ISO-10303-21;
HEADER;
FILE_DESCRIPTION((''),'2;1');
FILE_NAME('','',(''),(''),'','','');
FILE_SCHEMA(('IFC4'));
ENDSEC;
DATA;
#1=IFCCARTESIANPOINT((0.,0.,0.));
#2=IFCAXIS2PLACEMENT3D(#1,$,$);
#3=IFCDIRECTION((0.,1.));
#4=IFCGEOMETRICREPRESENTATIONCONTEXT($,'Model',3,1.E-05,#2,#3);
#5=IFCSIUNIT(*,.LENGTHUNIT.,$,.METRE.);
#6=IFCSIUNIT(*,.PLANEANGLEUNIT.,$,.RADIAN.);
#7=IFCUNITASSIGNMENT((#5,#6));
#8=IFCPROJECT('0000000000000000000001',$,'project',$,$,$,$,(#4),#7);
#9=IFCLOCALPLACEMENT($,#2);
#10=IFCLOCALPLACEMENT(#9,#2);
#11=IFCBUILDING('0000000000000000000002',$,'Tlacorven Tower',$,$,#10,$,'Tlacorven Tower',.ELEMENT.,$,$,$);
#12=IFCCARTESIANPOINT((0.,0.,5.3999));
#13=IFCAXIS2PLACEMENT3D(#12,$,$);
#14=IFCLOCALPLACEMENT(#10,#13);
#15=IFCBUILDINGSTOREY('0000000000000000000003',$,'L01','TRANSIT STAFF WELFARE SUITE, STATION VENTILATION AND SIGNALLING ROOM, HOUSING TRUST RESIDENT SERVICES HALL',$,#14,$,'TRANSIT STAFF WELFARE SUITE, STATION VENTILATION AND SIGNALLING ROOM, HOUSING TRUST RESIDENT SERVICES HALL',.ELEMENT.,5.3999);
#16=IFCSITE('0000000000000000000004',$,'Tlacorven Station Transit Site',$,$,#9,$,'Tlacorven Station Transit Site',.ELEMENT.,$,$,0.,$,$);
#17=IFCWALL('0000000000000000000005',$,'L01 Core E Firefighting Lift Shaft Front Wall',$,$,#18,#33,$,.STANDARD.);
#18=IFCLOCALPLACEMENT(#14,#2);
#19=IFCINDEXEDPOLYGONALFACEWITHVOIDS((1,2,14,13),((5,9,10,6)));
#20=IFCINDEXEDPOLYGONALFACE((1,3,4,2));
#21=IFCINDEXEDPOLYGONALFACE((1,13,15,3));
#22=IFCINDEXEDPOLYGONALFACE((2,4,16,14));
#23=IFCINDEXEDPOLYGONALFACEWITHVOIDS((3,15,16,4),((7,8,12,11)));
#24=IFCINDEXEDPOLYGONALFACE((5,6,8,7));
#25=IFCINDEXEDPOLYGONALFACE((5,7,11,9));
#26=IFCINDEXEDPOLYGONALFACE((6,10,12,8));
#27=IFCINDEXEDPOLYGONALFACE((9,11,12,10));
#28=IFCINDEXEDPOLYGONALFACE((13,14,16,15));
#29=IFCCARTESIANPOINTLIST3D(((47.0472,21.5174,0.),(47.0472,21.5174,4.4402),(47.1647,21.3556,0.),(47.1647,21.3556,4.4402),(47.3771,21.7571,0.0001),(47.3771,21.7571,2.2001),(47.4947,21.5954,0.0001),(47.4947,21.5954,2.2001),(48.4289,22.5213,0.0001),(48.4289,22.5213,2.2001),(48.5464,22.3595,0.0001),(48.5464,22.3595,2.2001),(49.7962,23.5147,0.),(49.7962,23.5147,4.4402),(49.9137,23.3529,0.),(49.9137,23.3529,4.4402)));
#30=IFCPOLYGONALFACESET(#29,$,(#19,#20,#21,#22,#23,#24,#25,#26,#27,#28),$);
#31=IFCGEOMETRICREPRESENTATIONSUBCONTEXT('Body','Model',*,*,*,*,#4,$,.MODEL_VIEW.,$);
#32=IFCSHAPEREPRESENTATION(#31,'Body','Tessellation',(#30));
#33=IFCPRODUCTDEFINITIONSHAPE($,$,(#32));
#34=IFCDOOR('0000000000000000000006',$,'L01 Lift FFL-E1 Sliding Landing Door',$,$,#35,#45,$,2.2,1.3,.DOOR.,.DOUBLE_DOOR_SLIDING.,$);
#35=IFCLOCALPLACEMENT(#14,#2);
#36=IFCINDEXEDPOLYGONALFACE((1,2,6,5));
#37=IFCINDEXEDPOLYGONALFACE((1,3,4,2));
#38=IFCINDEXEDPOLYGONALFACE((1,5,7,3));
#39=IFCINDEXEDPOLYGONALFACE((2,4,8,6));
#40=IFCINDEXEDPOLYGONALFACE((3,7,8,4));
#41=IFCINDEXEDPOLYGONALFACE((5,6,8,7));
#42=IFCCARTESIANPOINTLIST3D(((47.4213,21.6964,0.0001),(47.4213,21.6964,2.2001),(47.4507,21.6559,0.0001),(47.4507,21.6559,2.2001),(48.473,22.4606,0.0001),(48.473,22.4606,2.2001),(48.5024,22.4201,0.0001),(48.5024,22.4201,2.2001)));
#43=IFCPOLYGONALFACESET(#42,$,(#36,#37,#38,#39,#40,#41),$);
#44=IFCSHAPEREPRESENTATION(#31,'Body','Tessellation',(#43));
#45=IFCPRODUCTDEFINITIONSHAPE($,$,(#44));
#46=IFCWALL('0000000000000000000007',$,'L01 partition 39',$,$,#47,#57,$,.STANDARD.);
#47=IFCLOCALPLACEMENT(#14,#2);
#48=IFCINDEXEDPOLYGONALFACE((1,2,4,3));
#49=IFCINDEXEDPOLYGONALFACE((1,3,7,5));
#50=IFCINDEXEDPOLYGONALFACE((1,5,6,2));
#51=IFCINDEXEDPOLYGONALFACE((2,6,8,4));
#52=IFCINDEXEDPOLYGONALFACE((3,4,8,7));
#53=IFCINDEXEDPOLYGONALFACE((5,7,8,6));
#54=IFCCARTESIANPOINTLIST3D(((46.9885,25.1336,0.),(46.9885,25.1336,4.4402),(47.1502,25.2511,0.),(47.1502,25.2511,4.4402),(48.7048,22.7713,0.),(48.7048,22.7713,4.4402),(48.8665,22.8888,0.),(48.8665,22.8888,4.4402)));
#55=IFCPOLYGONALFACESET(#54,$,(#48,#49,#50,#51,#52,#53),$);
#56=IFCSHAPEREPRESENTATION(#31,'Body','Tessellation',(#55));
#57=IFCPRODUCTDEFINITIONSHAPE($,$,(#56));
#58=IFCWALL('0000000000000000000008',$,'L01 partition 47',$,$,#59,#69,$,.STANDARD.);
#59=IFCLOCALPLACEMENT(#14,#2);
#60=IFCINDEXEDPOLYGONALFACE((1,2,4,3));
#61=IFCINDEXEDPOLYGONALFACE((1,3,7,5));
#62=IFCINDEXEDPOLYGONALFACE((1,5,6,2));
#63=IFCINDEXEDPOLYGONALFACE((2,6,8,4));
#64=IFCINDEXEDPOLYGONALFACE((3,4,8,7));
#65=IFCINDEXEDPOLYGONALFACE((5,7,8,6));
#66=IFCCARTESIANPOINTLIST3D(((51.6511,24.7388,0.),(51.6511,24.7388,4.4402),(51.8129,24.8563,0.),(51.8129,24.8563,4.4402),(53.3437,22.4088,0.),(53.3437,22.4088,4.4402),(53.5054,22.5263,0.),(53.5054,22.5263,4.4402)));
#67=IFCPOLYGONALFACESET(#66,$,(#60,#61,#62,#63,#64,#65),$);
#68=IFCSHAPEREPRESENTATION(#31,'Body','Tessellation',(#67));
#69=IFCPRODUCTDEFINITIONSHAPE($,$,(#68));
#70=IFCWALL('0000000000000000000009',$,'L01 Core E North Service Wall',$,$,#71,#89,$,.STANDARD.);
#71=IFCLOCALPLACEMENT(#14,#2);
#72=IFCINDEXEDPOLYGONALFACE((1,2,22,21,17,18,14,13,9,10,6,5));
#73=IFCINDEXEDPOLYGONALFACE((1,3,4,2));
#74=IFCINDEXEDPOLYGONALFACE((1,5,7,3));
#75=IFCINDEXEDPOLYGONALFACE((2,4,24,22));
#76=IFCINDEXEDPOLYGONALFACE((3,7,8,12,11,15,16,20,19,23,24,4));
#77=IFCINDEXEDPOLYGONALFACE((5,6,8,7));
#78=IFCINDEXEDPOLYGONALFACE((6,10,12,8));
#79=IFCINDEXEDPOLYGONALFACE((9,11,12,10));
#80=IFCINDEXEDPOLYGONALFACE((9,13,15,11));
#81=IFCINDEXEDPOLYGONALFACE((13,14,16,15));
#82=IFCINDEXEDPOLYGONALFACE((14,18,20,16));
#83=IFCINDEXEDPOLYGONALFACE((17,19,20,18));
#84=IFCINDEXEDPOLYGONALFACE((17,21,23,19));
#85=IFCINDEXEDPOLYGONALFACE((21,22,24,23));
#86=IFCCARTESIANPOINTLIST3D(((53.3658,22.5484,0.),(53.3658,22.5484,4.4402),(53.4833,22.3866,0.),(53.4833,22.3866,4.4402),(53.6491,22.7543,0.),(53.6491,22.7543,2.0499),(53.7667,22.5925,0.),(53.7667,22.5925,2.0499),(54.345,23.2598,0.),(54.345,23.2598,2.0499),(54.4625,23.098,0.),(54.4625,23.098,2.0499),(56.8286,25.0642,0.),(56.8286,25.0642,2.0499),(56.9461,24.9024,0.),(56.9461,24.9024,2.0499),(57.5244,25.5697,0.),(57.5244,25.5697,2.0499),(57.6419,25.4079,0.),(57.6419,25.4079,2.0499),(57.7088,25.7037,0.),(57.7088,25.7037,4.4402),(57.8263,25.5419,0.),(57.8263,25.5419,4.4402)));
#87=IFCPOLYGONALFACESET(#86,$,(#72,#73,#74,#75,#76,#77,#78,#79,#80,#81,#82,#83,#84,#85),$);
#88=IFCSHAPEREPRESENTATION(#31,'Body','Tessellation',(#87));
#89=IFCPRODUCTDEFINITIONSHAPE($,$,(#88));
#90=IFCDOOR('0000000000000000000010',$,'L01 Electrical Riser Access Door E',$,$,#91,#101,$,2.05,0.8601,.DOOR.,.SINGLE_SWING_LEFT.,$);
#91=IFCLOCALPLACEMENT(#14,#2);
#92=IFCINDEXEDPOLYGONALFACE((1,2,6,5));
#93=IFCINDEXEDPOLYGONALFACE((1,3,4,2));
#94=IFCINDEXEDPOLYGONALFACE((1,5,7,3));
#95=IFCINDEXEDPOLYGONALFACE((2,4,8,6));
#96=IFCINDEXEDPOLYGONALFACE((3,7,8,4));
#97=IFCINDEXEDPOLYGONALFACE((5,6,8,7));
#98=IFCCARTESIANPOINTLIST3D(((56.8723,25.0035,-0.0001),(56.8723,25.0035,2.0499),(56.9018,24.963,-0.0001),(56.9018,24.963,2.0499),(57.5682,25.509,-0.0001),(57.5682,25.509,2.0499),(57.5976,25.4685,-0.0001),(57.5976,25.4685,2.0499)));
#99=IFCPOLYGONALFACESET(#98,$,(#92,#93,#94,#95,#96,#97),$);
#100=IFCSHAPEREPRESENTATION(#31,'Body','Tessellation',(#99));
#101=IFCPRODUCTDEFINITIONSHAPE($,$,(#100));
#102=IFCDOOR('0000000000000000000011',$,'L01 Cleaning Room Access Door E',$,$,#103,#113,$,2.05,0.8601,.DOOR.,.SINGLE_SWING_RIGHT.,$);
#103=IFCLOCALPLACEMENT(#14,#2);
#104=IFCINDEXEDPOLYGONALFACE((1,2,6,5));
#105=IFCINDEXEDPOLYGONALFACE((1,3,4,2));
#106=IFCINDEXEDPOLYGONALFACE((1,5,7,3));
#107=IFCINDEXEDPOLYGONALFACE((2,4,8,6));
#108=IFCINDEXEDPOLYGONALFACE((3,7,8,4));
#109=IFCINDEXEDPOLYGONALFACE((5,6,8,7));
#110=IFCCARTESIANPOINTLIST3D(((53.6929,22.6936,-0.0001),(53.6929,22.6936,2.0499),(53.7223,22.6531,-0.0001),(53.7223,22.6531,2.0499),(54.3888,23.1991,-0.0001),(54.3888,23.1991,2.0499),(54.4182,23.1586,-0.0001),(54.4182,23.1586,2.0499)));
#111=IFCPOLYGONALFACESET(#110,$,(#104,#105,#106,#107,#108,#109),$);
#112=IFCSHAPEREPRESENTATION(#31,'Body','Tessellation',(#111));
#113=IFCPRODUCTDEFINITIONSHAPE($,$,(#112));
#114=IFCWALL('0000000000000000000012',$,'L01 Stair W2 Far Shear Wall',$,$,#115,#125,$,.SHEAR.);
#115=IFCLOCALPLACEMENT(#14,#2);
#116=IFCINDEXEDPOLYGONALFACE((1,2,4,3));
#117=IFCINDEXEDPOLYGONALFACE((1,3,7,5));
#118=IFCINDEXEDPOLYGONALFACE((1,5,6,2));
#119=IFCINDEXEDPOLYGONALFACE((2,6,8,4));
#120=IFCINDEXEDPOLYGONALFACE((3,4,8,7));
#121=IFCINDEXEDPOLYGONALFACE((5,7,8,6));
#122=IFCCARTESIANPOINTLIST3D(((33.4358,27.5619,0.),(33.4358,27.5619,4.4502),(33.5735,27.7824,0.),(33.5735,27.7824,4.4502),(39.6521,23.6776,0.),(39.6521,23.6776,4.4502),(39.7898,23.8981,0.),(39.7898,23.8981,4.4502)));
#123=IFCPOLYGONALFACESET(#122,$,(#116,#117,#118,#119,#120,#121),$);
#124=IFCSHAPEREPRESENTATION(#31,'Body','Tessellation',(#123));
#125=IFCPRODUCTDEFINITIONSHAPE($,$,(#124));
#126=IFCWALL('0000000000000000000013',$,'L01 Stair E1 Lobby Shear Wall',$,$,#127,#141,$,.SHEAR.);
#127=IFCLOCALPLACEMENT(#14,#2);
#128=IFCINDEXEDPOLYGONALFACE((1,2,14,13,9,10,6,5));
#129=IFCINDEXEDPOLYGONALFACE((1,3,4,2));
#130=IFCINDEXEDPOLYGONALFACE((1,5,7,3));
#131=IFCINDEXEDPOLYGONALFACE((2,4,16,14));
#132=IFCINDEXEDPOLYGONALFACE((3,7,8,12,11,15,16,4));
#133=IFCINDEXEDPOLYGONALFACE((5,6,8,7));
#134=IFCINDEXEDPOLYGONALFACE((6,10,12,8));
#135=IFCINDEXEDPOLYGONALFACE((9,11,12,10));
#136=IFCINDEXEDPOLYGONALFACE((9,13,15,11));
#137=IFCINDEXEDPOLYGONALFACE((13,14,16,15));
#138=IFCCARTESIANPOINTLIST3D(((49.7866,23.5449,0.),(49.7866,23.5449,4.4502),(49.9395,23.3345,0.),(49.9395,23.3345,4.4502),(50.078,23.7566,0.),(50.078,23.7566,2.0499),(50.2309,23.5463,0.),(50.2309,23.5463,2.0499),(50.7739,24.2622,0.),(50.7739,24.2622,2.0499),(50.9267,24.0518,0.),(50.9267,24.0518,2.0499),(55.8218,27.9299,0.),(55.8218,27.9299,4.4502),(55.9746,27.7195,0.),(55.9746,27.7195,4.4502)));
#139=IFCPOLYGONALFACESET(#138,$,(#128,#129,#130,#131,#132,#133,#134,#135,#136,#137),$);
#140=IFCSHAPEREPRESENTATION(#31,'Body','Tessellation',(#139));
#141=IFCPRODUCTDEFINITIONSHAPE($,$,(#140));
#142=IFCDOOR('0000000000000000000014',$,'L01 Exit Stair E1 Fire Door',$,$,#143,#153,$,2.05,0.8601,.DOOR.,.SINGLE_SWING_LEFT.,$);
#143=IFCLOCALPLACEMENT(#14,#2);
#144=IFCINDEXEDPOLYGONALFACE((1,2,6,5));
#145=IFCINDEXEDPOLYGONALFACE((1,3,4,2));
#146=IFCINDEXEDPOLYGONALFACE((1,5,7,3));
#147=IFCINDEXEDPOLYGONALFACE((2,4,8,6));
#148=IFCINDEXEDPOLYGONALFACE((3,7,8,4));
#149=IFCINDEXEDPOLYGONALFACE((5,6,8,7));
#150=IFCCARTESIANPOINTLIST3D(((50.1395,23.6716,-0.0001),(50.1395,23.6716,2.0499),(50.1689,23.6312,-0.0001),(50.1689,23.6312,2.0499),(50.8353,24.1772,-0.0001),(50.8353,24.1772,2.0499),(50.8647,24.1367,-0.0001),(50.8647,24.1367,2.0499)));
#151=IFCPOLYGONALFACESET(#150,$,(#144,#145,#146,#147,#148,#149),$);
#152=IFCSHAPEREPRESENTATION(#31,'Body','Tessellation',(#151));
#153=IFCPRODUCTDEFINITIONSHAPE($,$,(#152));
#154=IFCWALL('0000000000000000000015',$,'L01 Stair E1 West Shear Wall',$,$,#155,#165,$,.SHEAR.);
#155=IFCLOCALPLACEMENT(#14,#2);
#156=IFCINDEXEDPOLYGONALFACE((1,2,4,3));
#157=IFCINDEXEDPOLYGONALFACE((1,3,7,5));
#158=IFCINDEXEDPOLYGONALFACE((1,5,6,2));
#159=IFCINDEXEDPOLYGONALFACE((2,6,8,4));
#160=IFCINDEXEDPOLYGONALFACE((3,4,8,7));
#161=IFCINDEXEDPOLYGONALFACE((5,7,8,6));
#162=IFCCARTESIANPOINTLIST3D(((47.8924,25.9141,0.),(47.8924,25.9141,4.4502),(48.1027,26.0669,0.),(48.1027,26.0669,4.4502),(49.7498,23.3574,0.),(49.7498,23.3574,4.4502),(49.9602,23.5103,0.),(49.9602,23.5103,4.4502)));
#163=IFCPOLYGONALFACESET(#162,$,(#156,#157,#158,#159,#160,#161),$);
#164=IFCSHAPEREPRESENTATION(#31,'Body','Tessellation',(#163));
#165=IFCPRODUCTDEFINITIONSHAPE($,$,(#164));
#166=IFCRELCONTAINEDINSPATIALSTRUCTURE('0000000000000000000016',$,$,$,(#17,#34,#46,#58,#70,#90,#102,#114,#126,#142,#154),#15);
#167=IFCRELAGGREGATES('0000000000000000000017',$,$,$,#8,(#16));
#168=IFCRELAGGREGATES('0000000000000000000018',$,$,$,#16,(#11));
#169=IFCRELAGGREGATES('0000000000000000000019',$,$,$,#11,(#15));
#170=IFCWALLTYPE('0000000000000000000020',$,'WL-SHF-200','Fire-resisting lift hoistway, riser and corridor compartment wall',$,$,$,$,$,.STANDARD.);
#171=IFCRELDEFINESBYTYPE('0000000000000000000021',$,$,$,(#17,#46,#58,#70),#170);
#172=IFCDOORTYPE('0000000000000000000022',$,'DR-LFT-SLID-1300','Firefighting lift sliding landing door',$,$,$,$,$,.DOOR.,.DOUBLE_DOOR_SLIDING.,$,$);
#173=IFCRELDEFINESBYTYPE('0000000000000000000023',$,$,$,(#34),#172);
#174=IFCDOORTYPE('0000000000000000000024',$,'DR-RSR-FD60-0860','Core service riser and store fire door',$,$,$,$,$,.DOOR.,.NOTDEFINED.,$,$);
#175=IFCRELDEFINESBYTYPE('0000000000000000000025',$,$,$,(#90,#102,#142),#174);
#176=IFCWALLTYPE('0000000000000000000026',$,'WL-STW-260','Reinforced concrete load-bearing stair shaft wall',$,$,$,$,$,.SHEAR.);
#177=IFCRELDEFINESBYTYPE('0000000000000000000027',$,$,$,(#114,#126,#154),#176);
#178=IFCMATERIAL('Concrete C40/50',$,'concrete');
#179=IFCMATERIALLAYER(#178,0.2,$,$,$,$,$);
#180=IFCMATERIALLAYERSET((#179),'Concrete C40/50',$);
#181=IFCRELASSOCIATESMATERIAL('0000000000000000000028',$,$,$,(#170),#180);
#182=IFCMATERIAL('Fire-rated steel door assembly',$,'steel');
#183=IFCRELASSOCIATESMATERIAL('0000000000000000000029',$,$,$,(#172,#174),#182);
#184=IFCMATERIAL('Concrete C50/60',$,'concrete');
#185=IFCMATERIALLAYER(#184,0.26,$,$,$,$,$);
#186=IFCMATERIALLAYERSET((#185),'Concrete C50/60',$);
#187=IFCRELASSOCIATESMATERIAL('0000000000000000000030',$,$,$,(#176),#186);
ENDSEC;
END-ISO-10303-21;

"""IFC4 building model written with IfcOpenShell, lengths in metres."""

from ifc_helpers import new_model, si_unit, direction, frame, frame_2d, origin, place, context, subcontext, project, spatial, rectangle, extrude, source, transform, mapped, material, layer, layer_set, type_object, element, fill, save


model = new_model("IFC4")

# Units and contexts
model_context = context("Model", 3, precision=1e-05, world=origin(), true_north=direction((0.0, 1.0)))
body_context = subcontext(model_context, "Body", "Model", "MODEL_VIEW")
ifc_project = project(units=[si_unit("LENGTHUNIT", "METRE"), si_unit("PLANEANGLEUNIT", "RADIAN")], contexts=[model_context])

# Site, building, storey
site_placement = place(None, origin())
site = spatial("IfcSite", under=ifc_project, at=site_placement, Name="Tlacorven Station Transit Site", LongName="Tlacorven Station Transit Site", CompositionType="ELEMENT", RefElevation=0.0)
building_placement = place(site_placement, origin())
building = spatial("IfcBuilding", under=site, at=building_placement, Name="Tlacorven Tower", LongName="Tlacorven Tower", CompositionType="ELEMENT")
storey_placement = place(building_placement, frame((0.0, 0.0, 5.3999)))
storey = spatial("IfcBuildingStorey", under=building, at=storey_placement, Name="L01", Description="TRANSIT STAFF WELFARE SUITE, STATION VENTILATION AND SIGNALLING ROOM, HOUSING TRUST RESIDENT SERVICES HALL", LongName="TRANSIT STAFF WELFARE SUITE, STATION VENTILATION AND SIGNALLING ROOM, HOUSING TRUST RESIDENT SERVICES HALL", CompositionType="ELEMENT", Elevation=5.3999)

# Wall, opening, door
ifc_material_1 = material(Name="Concrete C40/50", Category="concrete")
ifc_layer_1 = layer(ifc_material_1, 0.2)
ifc_layer_set_1 = layer_set([ifc_layer_1], Name="Concrete C40/50")
wall_type_1 = type_object("IfcWallType", Name="WL-SHF-200", Description="Fire-resisting lift hoistway, riser and corridor compartment wall", PredefinedType="STANDARD", material=ifc_layer_set_1)
wall_1_placement = place(storey_placement, frame((47.106, 21.4365, 0.0), z_axis=(0.0, 0.0, 1.0), x_axis=(0.809013, 0.587791, 0.0)))
wall_1 = element("IfcWall", 1, at=wall_1_placement, inside=storey, type_object=wall_type_1, Name="L01 Core E Firefighting Lift Shaft Front Wall", PredefinedType="STANDARD", context=body_context, shape_type="SweptSolid", body=[
    extrude(rectangle(XDim=3.3979, YDim=0.2, at=frame_2d((1.699, 0.0))), origin(), (0.0, 0.0, 1.0), 4.4402),
])
opening_1_placement = place(wall_1_placement, frame((0.408, 0.0, 0.0)))
opening_1 = element("IfcOpeningElement", 2, at=opening_1_placement, cuts=wall_1, PredefinedType="OPENING", context=body_context, shape_type="SweptSolid", body=[
    extrude(rectangle(XDim=1.3, YDim=2.2, at=frame_2d((0.6499, 1.1001))), frame((0.0, 0.1099, 0.0), z_axis=(0.0, -1.0, 0.0), x_axis=(1.0, 0.0, 0.0)), (0.0, 0.0, 1.0), 0.22),
])
ifc_material_2 = material(Name="Fire-rated steel door assembly", Category="steel")
door_type_1 = type_object("IfcDoorType", Name="DR-LFT-SLID-1300", Description="Firefighting lift sliding landing door", OperationType="DOUBLE_DOOR_SLIDING", PredefinedType="DOOR", material=ifc_material_2)
shared_shape_1 = source(origin(), body_context, "Body", "SweptSolid", [
    extrude(rectangle(XDim=1.3, YDim=2.2, at=frame_2d((0.6499, 1.1001))), frame((0.0, 0.0249, 0.0), z_axis=(0.0, -1.0, 0.0), x_axis=(1.0, 0.0, 0.0)), (0.0, 0.0, 1.0), 0.05),
])
door_1_placement = place(opening_1_placement, origin())
door_1 = element("IfcDoor", 3, at=door_1_placement, inside=storey, type_object=door_type_1, Name="L01 Lift FFL-E1 Sliding Landing Door", OperationType="DOUBLE_DOOR_SLIDING", OverallHeight=2.2, OverallWidth=1.3, PredefinedType="DOOR", context=body_context, shape_type="MappedRepresentation", body=[
    mapped(shared_shape_1, transform((0.0, 0.0, 0.0), scale=1.0)),
])
fill(opening_1, door_1)

# Walls
wall_2_placement = place(storey_placement, frame((48.7856, 22.8301, 0.0), z_axis=(0.0, 0.0, 1.0), x_axis=(-0.587784, 0.809018, 0.0)))
element("IfcWall", 4, at=wall_2_placement, inside=storey, type_object=wall_type_1, Name="L01 partition 39", PredefinedType="STANDARD", context=body_context, shape_type="SweptSolid", body=[
    extrude(rectangle(XDim=2.9199, YDim=0.2, at=frame_2d((1.46, 0.0))), origin(), (0.0, 0.0, 1.0), 4.4402),
])
wall_3_placement = place(storey_placement, frame((53.4246, 22.4675, 0.0), z_axis=(0.0, 0.0, 1.0), x_axis=(-0.587723, 0.809062, 0.0)))
element("IfcWall", 5, at=wall_3_placement, inside=storey, type_object=wall_type_1, Name="L01 partition 47", PredefinedType="STANDARD", context=body_context, shape_type="SweptSolid", body=[
    extrude(rectangle(XDim=2.8799, YDim=0.2, at=frame_2d((1.4399, 0.0))), origin(), (0.0, 0.0, 1.0), 4.4402),
])

# Wall, openings, doors
wall_4_placement = place(storey_placement, frame((53.4246, 22.4675, 0.0), z_axis=(0.0, 0.0, 1.0), x_axis=(0.809027, 0.587771, 0.0)))
wall_4 = element("IfcWall", 6, at=wall_4_placement, inside=storey, type_object=wall_type_1, Name="L01 Core E North Service Wall", PredefinedType="STANDARD", context=body_context, shape_type="SweptSolid", body=[
    extrude(rectangle(XDim=5.3682, YDim=0.2, at=frame_2d((2.6841, 0.0))), origin(), (0.0, 0.0, 1.0), 4.4402),
])
opening_2_placement = place(wall_4_placement, frame((4.28, 0.0, 0.0)))
opening_2 = element("IfcOpeningElement", 7, at=opening_2_placement, cuts=wall_4, PredefinedType="OPENING", context=body_context, shape_type="SweptSolid", body=[
    extrude(rectangle(XDim=0.8601, YDim=2.05, at=frame_2d((0.4302, 1.0249))), frame((0.0, 0.1099, 0.0), z_axis=(0.0, -1.0, 0.0), x_axis=(1.0, 0.0, 0.0)), (0.0, 0.0, 1.0), 0.22),
])
opening_3_placement = place(wall_4_placement, frame((0.3501, 0.0, 0.0)))
opening_3 = element("IfcOpeningElement", 8, at=opening_3_placement, cuts=wall_4, PredefinedType="OPENING", context=body_context, shape_type="SweptSolid", body=[
    extrude(rectangle(XDim=0.8601, YDim=2.05, at=frame_2d((0.4302, 1.0249))), frame((0.0, 0.1099, 0.0), z_axis=(0.0, -1.0, 0.0), x_axis=(1.0, 0.0, 0.0)), (0.0, 0.0, 1.0), 0.22),
])
door_type_2 = type_object("IfcDoorType", Name="DR-RSR-FD60-0860", Description="Core service riser and store fire door", OperationType="NOTDEFINED", PredefinedType="DOOR", material=ifc_material_2)
shared_shape_2 = source(origin(), body_context, "Body", "SweptSolid", [
    extrude(rectangle(XDim=0.8601, YDim=2.05, at=frame_2d((0.4302, 1.0249))), frame((0.0, 0.0249, 0.0), z_axis=(0.0, -1.0, 0.0), x_axis=(1.0, 0.0, 0.0)), (0.0, 0.0, 1.0), 0.05),
])
door_2_placement = place(opening_2_placement, frame((0.8601, 0.0, 0.0), z_axis=(0.0, 0.0, 1.0), x_axis=(-1.0, 0.0, 0.0)))
door_2 = element("IfcDoor", 9, at=door_2_placement, inside=storey, type_object=door_type_2, Name="L01 Electrical Riser Access Door E", OperationType="SINGLE_SWING_LEFT", OverallHeight=2.05, OverallWidth=0.8601, PredefinedType="DOOR", context=body_context, shape_type="MappedRepresentation", body=[
    mapped(shared_shape_2, transform((0.0, 0.0, 0.0), scale=1.0)),
])
fill(opening_2, door_2)
door_3_placement = place(opening_3_placement, frame((0.8601, 0.0, 0.0), z_axis=(0.0, 0.0, 1.0), x_axis=(-1.0, 0.0, 0.0)))
door_3 = element("IfcDoor", 10, at=door_3_placement, inside=storey, type_object=door_type_2, Name="L01 Cleaning Room Access Door E", OperationType="SINGLE_SWING_RIGHT", OverallHeight=2.05, OverallWidth=0.8601, PredefinedType="DOOR", context=body_context, shape_type="MappedRepresentation", body=[
    mapped(shared_shape_2, transform((0.0, 0.0, 0.0), scale=1.0)),
])
fill(opening_3, door_3)

# Wall
ifc_material_3 = material(Name="Concrete C50/60", Category="concrete")
ifc_layer_2 = layer(ifc_material_3, 0.26)
ifc_layer_set_2 = layer_set([ifc_layer_2], Name="Concrete C50/60")
wall_type_2 = type_object("IfcWallType", Name="WL-STW-260", Description="Reinforced concrete load-bearing stair shaft wall", PredefinedType="SHEAR", material=ifc_layer_set_2)
wall_5_placement = place(storey_placement, frame((39.7209, 23.7878, 0.0), z_axis=(0.0, 0.0, 1.0), x_axis=(-0.848054, 0.529909, 0.0)))
element("IfcWall", 11, at=wall_5_placement, inside=storey, type_object=wall_type_2, Name="L01 Stair W2 Far Shear Wall", PredefinedType="SHEAR", context=body_context, shape_type="SweptSolid", body=[
    extrude(rectangle(XDim=7.3301, YDim=0.26, at=frame_2d((3.665, 0.0))), origin(), (0.0, 0.0, 1.0), 4.4502),
])

# Wall, opening, door
wall_6_placement = place(storey_placement, frame((49.863, 23.4397, 0.0), z_axis=(0.0, 0.0, 1.0), x_axis=(0.809003, 0.587804, 0.0)))
wall_6 = element("IfcWall", 12, at=wall_6_placement, inside=storey, type_object=wall_type_2, Name="L01 Stair E1 Lobby Shear Wall", PredefinedType="SHEAR", context=body_context, shape_type="SweptSolid", body=[
    extrude(rectangle(XDim=7.46, YDim=0.26, at=frame_2d((3.73, 0.0))), origin(), (0.0, 0.0, 1.0), 4.4502),
])
opening_4_placement = place(wall_6_placement, frame((0.3601, 0.0, 0.0)))
opening_4 = element("IfcOpeningElement", 13, at=opening_4_placement, cuts=wall_6, PredefinedType="OPENING", context=body_context, shape_type="SweptSolid", body=[
    extrude(rectangle(XDim=0.8601, YDim=2.05, at=frame_2d((0.4302, 1.0249))), frame((0.0, 0.1401, 0.0), z_axis=(0.0, -1.0, 0.0), x_axis=(1.0, 0.0, 0.0)), (0.0, 0.0, 1.0), 0.28),
])
door_4_placement = place(opening_4_placement, frame((0.8601, 0.0, 0.0), z_axis=(0.0, 0.0, 1.0), x_axis=(-1.0, 0.0, 0.0)))
door_4 = element("IfcDoor", 14, at=door_4_placement, inside=storey, type_object=door_type_2, Name="L01 Exit Stair E1 Fire Door", OperationType="SINGLE_SWING_LEFT", OverallHeight=2.05, OverallWidth=0.8601, PredefinedType="DOOR", context=body_context, shape_type="MappedRepresentation", body=[
    mapped(shared_shape_2, transform((0.0, 0.0, 0.0), scale=1.0)),
])
fill(opening_4, door_4)

# Wall
wall_7_placement = place(storey_placement, frame((49.855, 23.4338, 0.0), z_axis=(0.0, 0.0, 1.0), x_axis=(-0.587767, 0.80903, 0.0)))
element("IfcWall", 15, at=wall_7_placement, inside=storey, type_object=wall_type_2, Name="L01 Stair E1 West Shear Wall", PredefinedType="SHEAR", context=body_context, shape_type="SweptSolid", body=[
    extrude(rectangle(XDim=3.1602, YDim=0.26, at=frame_2d((1.5801, 0.0))), origin(), (0.0, 0.0, 1.0), 4.4502),
])

save(model, "model.ifc")
